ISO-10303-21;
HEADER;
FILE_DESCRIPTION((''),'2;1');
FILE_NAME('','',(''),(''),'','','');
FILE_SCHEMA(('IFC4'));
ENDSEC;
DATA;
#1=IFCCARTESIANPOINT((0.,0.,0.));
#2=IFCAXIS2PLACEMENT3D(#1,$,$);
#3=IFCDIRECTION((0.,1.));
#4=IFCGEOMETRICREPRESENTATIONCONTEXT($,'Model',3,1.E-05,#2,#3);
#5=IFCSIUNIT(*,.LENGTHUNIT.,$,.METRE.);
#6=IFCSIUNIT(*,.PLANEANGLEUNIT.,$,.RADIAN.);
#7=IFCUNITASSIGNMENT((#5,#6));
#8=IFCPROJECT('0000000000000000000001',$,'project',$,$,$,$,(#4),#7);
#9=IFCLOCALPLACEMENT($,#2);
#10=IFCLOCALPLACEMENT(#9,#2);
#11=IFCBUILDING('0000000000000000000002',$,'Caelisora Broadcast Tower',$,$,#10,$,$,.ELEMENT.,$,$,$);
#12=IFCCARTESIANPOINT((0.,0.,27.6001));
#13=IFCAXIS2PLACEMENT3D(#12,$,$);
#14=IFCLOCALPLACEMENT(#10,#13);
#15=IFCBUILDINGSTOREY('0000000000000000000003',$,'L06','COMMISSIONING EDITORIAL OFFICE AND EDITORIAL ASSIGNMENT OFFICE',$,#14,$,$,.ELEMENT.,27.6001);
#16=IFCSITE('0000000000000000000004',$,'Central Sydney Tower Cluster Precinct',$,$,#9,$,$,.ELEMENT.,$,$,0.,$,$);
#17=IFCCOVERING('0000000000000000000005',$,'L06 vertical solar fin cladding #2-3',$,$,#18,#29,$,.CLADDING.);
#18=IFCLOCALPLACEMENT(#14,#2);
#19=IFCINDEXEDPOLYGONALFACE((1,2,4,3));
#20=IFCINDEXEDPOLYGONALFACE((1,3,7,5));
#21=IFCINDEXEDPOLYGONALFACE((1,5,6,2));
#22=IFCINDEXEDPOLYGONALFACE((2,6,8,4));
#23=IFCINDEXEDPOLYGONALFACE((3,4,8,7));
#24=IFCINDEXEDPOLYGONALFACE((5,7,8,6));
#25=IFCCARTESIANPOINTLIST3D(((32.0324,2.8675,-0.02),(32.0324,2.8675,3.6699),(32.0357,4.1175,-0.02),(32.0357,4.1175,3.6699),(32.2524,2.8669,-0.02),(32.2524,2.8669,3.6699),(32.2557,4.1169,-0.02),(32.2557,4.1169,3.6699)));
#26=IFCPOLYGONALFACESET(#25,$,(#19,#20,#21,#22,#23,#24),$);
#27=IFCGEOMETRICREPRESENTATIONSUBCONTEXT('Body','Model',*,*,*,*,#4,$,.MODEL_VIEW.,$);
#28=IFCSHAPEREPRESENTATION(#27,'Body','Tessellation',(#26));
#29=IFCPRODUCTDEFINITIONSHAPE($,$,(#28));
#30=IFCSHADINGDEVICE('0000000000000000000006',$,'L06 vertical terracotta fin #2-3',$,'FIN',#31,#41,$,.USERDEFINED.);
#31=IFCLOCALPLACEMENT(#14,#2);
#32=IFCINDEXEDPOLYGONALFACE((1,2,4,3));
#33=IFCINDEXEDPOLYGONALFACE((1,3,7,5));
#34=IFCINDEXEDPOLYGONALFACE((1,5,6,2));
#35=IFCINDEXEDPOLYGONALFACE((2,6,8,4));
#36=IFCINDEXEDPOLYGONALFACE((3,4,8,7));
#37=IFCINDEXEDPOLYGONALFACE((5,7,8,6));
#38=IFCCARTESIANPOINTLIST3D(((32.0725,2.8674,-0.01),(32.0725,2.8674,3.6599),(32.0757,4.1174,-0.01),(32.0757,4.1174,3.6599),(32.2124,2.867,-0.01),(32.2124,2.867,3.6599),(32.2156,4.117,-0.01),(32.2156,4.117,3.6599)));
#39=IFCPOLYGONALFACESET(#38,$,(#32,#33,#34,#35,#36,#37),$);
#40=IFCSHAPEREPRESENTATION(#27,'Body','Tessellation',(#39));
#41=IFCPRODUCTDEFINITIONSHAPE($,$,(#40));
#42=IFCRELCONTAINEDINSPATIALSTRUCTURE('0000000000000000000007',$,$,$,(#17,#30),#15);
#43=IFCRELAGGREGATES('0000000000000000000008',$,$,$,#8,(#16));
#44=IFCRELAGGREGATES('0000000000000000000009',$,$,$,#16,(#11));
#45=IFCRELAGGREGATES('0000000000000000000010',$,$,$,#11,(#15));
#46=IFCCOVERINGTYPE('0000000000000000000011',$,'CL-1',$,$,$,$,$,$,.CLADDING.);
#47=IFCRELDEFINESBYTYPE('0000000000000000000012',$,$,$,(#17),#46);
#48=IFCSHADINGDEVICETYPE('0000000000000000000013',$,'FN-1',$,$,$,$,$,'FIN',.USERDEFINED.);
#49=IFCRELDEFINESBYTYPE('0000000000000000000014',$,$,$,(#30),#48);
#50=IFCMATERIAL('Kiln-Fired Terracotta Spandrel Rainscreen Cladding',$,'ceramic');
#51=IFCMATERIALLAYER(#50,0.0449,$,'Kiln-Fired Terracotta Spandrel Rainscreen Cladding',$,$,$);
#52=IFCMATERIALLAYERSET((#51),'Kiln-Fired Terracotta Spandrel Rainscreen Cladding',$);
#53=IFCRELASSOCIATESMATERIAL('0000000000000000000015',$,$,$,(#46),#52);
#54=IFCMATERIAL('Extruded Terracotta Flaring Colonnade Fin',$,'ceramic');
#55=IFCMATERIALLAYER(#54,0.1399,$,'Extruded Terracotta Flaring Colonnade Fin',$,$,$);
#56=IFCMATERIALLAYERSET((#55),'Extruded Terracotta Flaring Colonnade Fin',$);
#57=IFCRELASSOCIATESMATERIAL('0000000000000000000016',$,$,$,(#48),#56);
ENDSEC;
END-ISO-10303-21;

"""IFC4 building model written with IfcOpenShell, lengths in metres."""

from ifc_helpers import new_model, si_unit, direction, frame, origin, origin_2d, place, context, subcontext, project, spatial, rectangle, extrude, source, transform, mapped, material, layer, layer_set, type_object, type_shapes, element, save


model = new_model("IFC4")

# Units and contexts
model_context = context("Model", 3, precision=1e-05, world=origin(), true_north=direction((0.0, 1.0)))
body_context = subcontext(model_context, "Body", "Model", "MODEL_VIEW")
ifc_project = project(units=[si_unit("LENGTHUNIT", "METRE"), si_unit("PLANEANGLEUNIT", "RADIAN")], contexts=[model_context])

# Site, building, storey
site_placement = place(None, origin())
site = spatial("IfcSite", under=ifc_project, at=site_placement, Name="Central Sydney Tower Cluster Precinct", CompositionType="ELEMENT", RefElevation=0.0)
building_placement = place(site_placement, origin())
building = spatial("IfcBuilding", under=site, at=building_placement, Name="Caelisora Broadcast Tower", CompositionType="ELEMENT")
storey_placement = place(building_placement, frame((0.0, 0.0, 27.6001)))
storey = spatial("IfcBuildingStorey", under=building, at=storey_placement, Name="L06", Description="COMMISSIONING EDITORIAL OFFICE AND EDITORIAL ASSIGNMENT OFFICE", CompositionType="ELEMENT", Elevation=27.6001)

# Covering
ifc_material_1 = material(Name="Kiln-Fired Terracotta Spandrel Rainscreen Cladding", Category="ceramic")
ifc_layer_1 = layer(ifc_material_1, 0.0449, Name="Kiln-Fired Terracotta Spandrel Rainscreen Cladding")
ifc_layer_set_1 = layer_set([ifc_layer_1], Name="Kiln-Fired Terracotta Spandrel Rainscreen Cladding")
covering_type = type_object("IfcCoveringType", Name="CL-1", PredefinedType="CLADDING", material=ifc_layer_set_1)
shared_shape_1 = source(origin(), body_context, "Body", "SweptSolid", [
    extrude(rectangle(XDim=0.22, YDim=1.25, at=origin_2d()), origin(), (0.0, 0.0, 1.0), 3.6899),
])
type_shapes(covering_type, [shared_shape_1])
covering_placement = place(storey_placement, frame((32.144, 3.4922, -0.02), z_axis=(0.0, 0.0, 1.0), x_axis=(-0.999997, 0.002618, 0.0)))
element("IfcCovering", 1, at=covering_placement, inside=storey, type_object=covering_type, Name="L06 vertical solar fin cladding #2-3", PredefinedType="CLADDING", context=body_context, shape_type="MappedRepresentation", body=[
    mapped(shared_shape_1, transform((0.0, 0.0, 0.0), scale=1.0)),
])

# Shading device
ifc_material_2 = material(Name="Extruded Terracotta Flaring Colonnade Fin", Category="ceramic")
ifc_layer_2 = layer(ifc_material_2, 0.1399, Name="Extruded Terracotta Flaring Colonnade Fin")
ifc_layer_set_2 = layer_set([ifc_layer_2], Name="Extruded Terracotta Flaring Colonnade Fin")
shading_device_type = type_object("IfcShadingDeviceType", Name="FN-1", ElementType="FIN", PredefinedType="USERDEFINED", material=ifc_layer_set_2)
shared_shape_2 = source(origin(), body_context, "Body", "SweptSolid", [
    extrude(rectangle(XDim=0.1399, YDim=1.25, at=origin_2d()), origin(), (0.0, 0.0, 1.0), 3.6699),
])
type_shapes(shading_device_type, [shared_shape_2])
shading_device_placement = place(storey_placement, frame((32.144, 3.4922, -0.01), z_axis=(0.0, 0.0, 1.0), x_axis=(-0.999997, 0.002618, 0.0)))
element("IfcShadingDevice", 2, at=shading_device_placement, inside=storey, type_object=shading_device_type, Name="L06 vertical terracotta fin #2-3", ObjectType="FIN", PredefinedType="USERDEFINED", context=body_context, shape_type="MappedRepresentation", body=[
    mapped(shared_shape_2, transform((0.0, 0.0, 0.0), scale=1.0)),
])

save(model, "model.ifc")
